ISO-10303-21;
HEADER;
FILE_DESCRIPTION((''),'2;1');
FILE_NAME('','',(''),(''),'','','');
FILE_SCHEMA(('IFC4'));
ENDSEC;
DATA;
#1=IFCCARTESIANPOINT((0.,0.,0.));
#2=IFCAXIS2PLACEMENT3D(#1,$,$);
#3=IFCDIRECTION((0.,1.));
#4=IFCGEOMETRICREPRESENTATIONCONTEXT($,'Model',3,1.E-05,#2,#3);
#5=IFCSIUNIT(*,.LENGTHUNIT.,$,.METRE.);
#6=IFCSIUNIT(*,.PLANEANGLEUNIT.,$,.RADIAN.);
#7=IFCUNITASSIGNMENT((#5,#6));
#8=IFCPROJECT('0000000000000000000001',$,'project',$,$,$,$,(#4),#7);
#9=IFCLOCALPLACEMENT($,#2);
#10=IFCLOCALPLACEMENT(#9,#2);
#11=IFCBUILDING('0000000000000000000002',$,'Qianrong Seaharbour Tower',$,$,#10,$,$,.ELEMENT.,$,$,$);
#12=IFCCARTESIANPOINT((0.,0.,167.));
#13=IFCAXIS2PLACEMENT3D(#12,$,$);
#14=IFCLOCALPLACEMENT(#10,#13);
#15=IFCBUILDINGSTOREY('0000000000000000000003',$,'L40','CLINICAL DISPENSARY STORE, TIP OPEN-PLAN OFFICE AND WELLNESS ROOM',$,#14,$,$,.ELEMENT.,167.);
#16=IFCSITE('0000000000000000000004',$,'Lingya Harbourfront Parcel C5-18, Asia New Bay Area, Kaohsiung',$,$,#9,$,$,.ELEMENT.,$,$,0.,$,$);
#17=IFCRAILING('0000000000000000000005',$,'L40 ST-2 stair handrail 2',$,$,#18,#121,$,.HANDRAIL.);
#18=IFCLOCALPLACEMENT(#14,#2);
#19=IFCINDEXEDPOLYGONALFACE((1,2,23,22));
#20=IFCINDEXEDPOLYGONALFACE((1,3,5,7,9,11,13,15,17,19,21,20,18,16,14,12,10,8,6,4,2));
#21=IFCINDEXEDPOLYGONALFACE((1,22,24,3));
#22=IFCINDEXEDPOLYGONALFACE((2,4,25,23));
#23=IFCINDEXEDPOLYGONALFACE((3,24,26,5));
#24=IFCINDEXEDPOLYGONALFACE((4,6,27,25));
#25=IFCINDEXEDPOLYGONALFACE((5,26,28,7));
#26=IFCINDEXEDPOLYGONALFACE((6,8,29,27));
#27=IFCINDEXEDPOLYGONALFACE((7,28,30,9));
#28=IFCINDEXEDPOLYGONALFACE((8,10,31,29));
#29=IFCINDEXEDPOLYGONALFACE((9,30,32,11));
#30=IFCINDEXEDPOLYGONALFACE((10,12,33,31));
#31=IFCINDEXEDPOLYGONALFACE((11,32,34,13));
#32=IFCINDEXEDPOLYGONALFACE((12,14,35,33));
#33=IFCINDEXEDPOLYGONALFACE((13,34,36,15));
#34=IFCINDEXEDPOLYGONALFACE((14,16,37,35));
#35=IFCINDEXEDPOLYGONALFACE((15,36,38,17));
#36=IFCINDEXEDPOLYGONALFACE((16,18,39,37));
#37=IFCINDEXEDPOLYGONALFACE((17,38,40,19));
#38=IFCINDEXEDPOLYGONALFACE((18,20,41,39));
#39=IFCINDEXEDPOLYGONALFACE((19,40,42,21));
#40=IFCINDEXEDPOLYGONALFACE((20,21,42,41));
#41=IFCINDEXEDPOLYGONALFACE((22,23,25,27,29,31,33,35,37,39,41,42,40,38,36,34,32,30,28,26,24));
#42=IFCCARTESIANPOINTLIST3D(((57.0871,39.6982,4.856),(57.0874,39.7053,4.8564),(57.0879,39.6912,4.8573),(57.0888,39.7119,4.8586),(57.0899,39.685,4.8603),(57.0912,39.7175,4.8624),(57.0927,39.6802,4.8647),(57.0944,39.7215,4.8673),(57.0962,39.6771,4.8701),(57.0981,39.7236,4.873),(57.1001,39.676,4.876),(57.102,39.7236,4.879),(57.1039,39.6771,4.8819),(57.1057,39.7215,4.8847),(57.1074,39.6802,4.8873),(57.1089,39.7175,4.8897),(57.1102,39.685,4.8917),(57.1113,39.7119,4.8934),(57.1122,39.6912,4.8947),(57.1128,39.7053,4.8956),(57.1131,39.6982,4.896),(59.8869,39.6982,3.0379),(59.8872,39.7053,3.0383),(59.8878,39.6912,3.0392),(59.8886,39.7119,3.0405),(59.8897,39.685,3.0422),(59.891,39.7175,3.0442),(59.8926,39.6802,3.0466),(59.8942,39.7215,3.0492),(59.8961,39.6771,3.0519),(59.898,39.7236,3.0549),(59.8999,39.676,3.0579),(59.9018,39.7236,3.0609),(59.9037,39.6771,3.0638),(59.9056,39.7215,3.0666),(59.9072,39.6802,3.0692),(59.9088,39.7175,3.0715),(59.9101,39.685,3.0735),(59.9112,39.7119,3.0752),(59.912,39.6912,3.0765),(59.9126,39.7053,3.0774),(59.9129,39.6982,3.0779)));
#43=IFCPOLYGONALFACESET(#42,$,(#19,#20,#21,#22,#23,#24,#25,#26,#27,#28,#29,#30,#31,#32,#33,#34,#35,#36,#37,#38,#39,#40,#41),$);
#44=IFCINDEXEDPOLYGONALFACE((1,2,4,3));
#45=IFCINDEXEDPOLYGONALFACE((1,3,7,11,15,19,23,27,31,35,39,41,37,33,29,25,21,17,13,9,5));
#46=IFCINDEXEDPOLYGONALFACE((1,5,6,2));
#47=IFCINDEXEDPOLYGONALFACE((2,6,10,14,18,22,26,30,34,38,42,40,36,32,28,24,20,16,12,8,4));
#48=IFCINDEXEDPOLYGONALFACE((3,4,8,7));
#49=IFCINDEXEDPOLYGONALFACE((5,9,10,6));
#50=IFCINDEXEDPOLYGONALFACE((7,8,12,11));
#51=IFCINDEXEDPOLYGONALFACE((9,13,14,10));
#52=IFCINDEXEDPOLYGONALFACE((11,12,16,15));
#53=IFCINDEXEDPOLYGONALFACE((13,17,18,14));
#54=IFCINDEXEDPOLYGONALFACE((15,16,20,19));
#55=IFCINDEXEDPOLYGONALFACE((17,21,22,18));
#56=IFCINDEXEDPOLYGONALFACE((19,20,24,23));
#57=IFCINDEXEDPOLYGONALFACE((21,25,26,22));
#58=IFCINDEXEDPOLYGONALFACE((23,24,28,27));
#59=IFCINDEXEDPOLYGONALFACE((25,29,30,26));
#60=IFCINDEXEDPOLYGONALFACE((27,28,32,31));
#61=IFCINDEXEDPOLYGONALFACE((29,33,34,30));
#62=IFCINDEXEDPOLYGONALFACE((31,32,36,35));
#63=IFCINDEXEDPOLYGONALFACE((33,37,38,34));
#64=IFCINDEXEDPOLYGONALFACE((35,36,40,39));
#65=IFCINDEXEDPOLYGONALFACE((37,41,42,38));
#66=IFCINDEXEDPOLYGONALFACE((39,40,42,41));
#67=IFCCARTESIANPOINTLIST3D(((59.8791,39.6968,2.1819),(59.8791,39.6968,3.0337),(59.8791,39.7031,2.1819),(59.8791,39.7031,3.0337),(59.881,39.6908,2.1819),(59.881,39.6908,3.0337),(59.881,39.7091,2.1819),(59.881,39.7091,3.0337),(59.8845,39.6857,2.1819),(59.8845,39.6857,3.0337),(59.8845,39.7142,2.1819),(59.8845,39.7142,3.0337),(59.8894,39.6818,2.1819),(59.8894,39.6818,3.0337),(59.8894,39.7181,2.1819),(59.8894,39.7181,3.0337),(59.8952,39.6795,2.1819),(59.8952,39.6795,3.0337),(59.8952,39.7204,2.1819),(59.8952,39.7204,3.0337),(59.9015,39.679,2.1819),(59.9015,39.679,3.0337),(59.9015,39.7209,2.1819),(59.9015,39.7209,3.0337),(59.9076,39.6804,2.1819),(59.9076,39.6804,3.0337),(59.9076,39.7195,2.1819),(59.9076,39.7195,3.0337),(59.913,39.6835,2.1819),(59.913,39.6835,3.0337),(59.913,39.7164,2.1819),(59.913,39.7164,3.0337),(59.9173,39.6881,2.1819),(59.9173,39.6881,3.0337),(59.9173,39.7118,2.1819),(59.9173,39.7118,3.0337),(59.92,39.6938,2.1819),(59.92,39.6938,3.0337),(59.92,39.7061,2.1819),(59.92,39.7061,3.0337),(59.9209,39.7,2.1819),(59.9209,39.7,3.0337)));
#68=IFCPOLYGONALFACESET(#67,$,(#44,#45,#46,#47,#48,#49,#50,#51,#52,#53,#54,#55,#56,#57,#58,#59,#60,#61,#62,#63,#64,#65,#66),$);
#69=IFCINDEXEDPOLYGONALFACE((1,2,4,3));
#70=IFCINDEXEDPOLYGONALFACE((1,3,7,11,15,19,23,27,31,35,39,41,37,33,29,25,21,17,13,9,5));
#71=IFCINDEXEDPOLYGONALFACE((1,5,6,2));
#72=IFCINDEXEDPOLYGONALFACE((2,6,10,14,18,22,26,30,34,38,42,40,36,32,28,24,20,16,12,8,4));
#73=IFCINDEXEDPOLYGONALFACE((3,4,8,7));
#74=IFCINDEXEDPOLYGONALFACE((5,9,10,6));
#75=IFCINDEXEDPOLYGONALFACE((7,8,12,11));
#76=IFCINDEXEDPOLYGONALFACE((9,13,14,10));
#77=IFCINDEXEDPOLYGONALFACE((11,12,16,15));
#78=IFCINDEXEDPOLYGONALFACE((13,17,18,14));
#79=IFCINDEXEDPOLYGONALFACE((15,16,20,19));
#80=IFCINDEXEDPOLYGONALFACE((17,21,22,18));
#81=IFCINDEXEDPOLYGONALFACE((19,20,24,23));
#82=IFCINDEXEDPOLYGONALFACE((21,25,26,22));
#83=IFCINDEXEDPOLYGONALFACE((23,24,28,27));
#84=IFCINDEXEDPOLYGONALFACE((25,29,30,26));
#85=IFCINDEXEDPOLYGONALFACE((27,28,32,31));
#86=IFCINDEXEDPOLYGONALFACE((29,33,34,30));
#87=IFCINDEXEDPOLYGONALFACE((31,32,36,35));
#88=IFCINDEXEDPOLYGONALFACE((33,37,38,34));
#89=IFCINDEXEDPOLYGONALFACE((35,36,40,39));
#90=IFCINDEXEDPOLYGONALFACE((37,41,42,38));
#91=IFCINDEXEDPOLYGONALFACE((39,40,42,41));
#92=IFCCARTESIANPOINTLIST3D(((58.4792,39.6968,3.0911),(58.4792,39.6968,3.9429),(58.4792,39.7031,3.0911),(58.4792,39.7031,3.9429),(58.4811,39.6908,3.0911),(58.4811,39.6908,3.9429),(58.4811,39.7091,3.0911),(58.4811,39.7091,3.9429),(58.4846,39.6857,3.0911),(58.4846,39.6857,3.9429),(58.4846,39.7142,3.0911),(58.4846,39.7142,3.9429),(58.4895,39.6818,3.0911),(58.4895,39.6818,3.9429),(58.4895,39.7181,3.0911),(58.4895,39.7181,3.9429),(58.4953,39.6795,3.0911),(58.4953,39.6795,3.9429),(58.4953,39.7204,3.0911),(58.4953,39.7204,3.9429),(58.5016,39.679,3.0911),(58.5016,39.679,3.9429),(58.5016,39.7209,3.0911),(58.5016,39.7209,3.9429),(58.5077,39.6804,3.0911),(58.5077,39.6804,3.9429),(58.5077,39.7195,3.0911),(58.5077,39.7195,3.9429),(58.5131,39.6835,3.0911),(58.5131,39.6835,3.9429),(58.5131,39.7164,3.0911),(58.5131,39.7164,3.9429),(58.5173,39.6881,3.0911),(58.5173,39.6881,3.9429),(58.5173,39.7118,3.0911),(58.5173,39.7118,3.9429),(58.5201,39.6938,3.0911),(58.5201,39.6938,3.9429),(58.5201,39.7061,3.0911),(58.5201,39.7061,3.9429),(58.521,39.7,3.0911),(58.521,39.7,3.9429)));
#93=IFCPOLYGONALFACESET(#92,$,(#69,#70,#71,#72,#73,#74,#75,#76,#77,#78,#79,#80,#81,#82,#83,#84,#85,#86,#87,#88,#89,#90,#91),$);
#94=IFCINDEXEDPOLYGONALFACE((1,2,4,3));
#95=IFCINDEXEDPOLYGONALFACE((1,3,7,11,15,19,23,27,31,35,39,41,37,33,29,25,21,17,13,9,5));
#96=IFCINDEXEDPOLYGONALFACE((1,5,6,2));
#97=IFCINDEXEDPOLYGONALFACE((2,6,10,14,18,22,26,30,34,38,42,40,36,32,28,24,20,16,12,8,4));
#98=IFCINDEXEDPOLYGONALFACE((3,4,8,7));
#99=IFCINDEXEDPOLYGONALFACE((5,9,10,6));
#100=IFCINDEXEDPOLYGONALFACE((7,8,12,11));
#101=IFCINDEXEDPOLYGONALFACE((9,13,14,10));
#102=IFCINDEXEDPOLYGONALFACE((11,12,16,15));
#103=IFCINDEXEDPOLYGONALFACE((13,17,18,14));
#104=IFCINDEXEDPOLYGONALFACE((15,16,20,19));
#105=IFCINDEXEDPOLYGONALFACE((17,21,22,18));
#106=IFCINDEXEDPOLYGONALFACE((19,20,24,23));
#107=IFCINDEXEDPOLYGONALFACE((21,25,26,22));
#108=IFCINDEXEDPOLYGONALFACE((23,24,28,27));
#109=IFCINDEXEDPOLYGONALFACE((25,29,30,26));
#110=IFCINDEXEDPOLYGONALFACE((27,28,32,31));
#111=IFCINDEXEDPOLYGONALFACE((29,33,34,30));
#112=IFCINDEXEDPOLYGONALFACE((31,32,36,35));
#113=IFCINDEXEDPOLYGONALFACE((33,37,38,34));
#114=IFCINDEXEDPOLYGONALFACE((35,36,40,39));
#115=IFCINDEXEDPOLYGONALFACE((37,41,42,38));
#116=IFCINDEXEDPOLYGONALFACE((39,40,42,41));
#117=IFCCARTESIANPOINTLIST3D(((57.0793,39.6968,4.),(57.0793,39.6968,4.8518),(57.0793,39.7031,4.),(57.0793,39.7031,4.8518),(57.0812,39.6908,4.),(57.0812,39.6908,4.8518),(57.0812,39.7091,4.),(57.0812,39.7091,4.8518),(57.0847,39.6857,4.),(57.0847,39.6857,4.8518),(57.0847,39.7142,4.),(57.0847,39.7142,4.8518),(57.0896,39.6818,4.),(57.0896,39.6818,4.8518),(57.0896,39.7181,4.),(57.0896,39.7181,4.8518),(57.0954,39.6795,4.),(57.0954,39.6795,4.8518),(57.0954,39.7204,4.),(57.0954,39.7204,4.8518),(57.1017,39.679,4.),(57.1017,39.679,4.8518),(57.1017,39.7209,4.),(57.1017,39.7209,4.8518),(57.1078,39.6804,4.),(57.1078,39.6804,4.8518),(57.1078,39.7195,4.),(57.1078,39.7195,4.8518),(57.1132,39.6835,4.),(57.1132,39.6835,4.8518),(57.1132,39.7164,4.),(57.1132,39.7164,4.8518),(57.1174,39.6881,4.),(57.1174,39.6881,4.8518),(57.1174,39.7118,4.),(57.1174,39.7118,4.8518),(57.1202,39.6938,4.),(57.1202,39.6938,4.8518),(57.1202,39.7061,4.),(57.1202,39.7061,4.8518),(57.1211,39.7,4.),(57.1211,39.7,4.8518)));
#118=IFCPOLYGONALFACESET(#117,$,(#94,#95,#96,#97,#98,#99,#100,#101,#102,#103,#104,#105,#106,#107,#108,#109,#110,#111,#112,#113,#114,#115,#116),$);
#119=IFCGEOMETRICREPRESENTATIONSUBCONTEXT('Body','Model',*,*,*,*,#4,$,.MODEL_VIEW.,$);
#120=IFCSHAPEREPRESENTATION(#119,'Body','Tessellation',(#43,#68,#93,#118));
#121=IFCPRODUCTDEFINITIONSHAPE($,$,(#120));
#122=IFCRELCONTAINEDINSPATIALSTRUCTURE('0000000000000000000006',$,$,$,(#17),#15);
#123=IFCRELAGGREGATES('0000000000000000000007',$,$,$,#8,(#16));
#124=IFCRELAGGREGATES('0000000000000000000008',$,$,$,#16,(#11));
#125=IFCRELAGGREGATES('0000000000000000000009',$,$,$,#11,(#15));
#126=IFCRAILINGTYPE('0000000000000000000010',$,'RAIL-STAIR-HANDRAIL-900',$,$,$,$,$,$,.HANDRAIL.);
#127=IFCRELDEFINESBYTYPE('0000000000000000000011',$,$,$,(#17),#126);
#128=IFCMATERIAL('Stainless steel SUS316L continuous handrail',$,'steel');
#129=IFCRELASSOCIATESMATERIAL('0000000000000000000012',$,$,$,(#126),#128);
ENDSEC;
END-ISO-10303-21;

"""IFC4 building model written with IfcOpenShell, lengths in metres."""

from ifc_helpers import new_model, si_unit, direction, frame, origin, origin_2d, place, context, subcontext, project, spatial, circle, extrude, material, type_object, element, save


model = new_model("IFC4")

# Units and contexts
model_context = context("Model", 3, precision=1e-05, world=origin(), true_north=direction((0.0, 1.0)))
body_context = subcontext(model_context, "Body", "Model", "MODEL_VIEW")
ifc_project = project(units=[si_unit("LENGTHUNIT", "METRE"), si_unit("PLANEANGLEUNIT", "RADIAN")], contexts=[model_context])

# Site, building, storey
site_placement = place(None, origin())
site = spatial("IfcSite", under=ifc_project, at=site_placement, Name="Lingya Harbourfront Parcel C5-18, Asia New Bay Area, Kaohsiung", CompositionType="ELEMENT", RefElevation=0.0)
building_placement = place(site_placement, origin())
building = spatial("IfcBuilding", under=site, at=building_placement, Name="Qianrong Seaharbour Tower", CompositionType="ELEMENT")
storey_placement = place(building_placement, frame((0.0, 0.0, 167.0)))
storey = spatial("IfcBuildingStorey", under=building, at=storey_placement, Name="L40", Description="CLINICAL DISPENSARY STORE, TIP OPEN-PLAN OFFICE AND WELLNESS ROOM", CompositionType="ELEMENT", Elevation=167.0)

# Railing
ifc_material_1 = material(Name="Stainless steel SUS316L continuous handrail", Category="steel")
railing_type_1 = type_object("IfcRailingType", Name="RAIL-STAIR-HANDRAIL-900", PredefinedType="HANDRAIL", material=ifc_material_1)
railing_1_placement = place(storey_placement, frame((59.8999, 39.7, 2.1819)))
element("IfcRailing", 1, at=railing_1_placement, inside=storey, type_object=railing_type_1, Name="L40 ST-2 stair handrail 2", PredefinedType="HANDRAIL", context=body_context, shape_type="SweptSolid", body=[
    extrude(circle(Radius=0.0239, at=origin_2d()), frame((0.0, 0.0, 0.876), z_axis=(-0.838684, 0.0, 0.544618), x_axis=(0.0, -1.0, 0.0)), (0.0, 0.0, 1.0), 3.3384),
    extrude(circle(Radius=0.021, at=origin_2d()), origin(), (0.0, 0.0, 1.0), 0.8518),
    extrude(circle(Radius=0.021, at=origin_2d()), frame((-1.3999, 0.0, 0.9092)), (0.0, 0.0, 1.0), 0.8518),
    extrude(circle(Radius=0.021, at=origin_2d()), frame((-2.7998, 0.0, 1.8181)), (0.0, 0.0, 1.0), 0.8518),
])

save(model, "model.ifc")
